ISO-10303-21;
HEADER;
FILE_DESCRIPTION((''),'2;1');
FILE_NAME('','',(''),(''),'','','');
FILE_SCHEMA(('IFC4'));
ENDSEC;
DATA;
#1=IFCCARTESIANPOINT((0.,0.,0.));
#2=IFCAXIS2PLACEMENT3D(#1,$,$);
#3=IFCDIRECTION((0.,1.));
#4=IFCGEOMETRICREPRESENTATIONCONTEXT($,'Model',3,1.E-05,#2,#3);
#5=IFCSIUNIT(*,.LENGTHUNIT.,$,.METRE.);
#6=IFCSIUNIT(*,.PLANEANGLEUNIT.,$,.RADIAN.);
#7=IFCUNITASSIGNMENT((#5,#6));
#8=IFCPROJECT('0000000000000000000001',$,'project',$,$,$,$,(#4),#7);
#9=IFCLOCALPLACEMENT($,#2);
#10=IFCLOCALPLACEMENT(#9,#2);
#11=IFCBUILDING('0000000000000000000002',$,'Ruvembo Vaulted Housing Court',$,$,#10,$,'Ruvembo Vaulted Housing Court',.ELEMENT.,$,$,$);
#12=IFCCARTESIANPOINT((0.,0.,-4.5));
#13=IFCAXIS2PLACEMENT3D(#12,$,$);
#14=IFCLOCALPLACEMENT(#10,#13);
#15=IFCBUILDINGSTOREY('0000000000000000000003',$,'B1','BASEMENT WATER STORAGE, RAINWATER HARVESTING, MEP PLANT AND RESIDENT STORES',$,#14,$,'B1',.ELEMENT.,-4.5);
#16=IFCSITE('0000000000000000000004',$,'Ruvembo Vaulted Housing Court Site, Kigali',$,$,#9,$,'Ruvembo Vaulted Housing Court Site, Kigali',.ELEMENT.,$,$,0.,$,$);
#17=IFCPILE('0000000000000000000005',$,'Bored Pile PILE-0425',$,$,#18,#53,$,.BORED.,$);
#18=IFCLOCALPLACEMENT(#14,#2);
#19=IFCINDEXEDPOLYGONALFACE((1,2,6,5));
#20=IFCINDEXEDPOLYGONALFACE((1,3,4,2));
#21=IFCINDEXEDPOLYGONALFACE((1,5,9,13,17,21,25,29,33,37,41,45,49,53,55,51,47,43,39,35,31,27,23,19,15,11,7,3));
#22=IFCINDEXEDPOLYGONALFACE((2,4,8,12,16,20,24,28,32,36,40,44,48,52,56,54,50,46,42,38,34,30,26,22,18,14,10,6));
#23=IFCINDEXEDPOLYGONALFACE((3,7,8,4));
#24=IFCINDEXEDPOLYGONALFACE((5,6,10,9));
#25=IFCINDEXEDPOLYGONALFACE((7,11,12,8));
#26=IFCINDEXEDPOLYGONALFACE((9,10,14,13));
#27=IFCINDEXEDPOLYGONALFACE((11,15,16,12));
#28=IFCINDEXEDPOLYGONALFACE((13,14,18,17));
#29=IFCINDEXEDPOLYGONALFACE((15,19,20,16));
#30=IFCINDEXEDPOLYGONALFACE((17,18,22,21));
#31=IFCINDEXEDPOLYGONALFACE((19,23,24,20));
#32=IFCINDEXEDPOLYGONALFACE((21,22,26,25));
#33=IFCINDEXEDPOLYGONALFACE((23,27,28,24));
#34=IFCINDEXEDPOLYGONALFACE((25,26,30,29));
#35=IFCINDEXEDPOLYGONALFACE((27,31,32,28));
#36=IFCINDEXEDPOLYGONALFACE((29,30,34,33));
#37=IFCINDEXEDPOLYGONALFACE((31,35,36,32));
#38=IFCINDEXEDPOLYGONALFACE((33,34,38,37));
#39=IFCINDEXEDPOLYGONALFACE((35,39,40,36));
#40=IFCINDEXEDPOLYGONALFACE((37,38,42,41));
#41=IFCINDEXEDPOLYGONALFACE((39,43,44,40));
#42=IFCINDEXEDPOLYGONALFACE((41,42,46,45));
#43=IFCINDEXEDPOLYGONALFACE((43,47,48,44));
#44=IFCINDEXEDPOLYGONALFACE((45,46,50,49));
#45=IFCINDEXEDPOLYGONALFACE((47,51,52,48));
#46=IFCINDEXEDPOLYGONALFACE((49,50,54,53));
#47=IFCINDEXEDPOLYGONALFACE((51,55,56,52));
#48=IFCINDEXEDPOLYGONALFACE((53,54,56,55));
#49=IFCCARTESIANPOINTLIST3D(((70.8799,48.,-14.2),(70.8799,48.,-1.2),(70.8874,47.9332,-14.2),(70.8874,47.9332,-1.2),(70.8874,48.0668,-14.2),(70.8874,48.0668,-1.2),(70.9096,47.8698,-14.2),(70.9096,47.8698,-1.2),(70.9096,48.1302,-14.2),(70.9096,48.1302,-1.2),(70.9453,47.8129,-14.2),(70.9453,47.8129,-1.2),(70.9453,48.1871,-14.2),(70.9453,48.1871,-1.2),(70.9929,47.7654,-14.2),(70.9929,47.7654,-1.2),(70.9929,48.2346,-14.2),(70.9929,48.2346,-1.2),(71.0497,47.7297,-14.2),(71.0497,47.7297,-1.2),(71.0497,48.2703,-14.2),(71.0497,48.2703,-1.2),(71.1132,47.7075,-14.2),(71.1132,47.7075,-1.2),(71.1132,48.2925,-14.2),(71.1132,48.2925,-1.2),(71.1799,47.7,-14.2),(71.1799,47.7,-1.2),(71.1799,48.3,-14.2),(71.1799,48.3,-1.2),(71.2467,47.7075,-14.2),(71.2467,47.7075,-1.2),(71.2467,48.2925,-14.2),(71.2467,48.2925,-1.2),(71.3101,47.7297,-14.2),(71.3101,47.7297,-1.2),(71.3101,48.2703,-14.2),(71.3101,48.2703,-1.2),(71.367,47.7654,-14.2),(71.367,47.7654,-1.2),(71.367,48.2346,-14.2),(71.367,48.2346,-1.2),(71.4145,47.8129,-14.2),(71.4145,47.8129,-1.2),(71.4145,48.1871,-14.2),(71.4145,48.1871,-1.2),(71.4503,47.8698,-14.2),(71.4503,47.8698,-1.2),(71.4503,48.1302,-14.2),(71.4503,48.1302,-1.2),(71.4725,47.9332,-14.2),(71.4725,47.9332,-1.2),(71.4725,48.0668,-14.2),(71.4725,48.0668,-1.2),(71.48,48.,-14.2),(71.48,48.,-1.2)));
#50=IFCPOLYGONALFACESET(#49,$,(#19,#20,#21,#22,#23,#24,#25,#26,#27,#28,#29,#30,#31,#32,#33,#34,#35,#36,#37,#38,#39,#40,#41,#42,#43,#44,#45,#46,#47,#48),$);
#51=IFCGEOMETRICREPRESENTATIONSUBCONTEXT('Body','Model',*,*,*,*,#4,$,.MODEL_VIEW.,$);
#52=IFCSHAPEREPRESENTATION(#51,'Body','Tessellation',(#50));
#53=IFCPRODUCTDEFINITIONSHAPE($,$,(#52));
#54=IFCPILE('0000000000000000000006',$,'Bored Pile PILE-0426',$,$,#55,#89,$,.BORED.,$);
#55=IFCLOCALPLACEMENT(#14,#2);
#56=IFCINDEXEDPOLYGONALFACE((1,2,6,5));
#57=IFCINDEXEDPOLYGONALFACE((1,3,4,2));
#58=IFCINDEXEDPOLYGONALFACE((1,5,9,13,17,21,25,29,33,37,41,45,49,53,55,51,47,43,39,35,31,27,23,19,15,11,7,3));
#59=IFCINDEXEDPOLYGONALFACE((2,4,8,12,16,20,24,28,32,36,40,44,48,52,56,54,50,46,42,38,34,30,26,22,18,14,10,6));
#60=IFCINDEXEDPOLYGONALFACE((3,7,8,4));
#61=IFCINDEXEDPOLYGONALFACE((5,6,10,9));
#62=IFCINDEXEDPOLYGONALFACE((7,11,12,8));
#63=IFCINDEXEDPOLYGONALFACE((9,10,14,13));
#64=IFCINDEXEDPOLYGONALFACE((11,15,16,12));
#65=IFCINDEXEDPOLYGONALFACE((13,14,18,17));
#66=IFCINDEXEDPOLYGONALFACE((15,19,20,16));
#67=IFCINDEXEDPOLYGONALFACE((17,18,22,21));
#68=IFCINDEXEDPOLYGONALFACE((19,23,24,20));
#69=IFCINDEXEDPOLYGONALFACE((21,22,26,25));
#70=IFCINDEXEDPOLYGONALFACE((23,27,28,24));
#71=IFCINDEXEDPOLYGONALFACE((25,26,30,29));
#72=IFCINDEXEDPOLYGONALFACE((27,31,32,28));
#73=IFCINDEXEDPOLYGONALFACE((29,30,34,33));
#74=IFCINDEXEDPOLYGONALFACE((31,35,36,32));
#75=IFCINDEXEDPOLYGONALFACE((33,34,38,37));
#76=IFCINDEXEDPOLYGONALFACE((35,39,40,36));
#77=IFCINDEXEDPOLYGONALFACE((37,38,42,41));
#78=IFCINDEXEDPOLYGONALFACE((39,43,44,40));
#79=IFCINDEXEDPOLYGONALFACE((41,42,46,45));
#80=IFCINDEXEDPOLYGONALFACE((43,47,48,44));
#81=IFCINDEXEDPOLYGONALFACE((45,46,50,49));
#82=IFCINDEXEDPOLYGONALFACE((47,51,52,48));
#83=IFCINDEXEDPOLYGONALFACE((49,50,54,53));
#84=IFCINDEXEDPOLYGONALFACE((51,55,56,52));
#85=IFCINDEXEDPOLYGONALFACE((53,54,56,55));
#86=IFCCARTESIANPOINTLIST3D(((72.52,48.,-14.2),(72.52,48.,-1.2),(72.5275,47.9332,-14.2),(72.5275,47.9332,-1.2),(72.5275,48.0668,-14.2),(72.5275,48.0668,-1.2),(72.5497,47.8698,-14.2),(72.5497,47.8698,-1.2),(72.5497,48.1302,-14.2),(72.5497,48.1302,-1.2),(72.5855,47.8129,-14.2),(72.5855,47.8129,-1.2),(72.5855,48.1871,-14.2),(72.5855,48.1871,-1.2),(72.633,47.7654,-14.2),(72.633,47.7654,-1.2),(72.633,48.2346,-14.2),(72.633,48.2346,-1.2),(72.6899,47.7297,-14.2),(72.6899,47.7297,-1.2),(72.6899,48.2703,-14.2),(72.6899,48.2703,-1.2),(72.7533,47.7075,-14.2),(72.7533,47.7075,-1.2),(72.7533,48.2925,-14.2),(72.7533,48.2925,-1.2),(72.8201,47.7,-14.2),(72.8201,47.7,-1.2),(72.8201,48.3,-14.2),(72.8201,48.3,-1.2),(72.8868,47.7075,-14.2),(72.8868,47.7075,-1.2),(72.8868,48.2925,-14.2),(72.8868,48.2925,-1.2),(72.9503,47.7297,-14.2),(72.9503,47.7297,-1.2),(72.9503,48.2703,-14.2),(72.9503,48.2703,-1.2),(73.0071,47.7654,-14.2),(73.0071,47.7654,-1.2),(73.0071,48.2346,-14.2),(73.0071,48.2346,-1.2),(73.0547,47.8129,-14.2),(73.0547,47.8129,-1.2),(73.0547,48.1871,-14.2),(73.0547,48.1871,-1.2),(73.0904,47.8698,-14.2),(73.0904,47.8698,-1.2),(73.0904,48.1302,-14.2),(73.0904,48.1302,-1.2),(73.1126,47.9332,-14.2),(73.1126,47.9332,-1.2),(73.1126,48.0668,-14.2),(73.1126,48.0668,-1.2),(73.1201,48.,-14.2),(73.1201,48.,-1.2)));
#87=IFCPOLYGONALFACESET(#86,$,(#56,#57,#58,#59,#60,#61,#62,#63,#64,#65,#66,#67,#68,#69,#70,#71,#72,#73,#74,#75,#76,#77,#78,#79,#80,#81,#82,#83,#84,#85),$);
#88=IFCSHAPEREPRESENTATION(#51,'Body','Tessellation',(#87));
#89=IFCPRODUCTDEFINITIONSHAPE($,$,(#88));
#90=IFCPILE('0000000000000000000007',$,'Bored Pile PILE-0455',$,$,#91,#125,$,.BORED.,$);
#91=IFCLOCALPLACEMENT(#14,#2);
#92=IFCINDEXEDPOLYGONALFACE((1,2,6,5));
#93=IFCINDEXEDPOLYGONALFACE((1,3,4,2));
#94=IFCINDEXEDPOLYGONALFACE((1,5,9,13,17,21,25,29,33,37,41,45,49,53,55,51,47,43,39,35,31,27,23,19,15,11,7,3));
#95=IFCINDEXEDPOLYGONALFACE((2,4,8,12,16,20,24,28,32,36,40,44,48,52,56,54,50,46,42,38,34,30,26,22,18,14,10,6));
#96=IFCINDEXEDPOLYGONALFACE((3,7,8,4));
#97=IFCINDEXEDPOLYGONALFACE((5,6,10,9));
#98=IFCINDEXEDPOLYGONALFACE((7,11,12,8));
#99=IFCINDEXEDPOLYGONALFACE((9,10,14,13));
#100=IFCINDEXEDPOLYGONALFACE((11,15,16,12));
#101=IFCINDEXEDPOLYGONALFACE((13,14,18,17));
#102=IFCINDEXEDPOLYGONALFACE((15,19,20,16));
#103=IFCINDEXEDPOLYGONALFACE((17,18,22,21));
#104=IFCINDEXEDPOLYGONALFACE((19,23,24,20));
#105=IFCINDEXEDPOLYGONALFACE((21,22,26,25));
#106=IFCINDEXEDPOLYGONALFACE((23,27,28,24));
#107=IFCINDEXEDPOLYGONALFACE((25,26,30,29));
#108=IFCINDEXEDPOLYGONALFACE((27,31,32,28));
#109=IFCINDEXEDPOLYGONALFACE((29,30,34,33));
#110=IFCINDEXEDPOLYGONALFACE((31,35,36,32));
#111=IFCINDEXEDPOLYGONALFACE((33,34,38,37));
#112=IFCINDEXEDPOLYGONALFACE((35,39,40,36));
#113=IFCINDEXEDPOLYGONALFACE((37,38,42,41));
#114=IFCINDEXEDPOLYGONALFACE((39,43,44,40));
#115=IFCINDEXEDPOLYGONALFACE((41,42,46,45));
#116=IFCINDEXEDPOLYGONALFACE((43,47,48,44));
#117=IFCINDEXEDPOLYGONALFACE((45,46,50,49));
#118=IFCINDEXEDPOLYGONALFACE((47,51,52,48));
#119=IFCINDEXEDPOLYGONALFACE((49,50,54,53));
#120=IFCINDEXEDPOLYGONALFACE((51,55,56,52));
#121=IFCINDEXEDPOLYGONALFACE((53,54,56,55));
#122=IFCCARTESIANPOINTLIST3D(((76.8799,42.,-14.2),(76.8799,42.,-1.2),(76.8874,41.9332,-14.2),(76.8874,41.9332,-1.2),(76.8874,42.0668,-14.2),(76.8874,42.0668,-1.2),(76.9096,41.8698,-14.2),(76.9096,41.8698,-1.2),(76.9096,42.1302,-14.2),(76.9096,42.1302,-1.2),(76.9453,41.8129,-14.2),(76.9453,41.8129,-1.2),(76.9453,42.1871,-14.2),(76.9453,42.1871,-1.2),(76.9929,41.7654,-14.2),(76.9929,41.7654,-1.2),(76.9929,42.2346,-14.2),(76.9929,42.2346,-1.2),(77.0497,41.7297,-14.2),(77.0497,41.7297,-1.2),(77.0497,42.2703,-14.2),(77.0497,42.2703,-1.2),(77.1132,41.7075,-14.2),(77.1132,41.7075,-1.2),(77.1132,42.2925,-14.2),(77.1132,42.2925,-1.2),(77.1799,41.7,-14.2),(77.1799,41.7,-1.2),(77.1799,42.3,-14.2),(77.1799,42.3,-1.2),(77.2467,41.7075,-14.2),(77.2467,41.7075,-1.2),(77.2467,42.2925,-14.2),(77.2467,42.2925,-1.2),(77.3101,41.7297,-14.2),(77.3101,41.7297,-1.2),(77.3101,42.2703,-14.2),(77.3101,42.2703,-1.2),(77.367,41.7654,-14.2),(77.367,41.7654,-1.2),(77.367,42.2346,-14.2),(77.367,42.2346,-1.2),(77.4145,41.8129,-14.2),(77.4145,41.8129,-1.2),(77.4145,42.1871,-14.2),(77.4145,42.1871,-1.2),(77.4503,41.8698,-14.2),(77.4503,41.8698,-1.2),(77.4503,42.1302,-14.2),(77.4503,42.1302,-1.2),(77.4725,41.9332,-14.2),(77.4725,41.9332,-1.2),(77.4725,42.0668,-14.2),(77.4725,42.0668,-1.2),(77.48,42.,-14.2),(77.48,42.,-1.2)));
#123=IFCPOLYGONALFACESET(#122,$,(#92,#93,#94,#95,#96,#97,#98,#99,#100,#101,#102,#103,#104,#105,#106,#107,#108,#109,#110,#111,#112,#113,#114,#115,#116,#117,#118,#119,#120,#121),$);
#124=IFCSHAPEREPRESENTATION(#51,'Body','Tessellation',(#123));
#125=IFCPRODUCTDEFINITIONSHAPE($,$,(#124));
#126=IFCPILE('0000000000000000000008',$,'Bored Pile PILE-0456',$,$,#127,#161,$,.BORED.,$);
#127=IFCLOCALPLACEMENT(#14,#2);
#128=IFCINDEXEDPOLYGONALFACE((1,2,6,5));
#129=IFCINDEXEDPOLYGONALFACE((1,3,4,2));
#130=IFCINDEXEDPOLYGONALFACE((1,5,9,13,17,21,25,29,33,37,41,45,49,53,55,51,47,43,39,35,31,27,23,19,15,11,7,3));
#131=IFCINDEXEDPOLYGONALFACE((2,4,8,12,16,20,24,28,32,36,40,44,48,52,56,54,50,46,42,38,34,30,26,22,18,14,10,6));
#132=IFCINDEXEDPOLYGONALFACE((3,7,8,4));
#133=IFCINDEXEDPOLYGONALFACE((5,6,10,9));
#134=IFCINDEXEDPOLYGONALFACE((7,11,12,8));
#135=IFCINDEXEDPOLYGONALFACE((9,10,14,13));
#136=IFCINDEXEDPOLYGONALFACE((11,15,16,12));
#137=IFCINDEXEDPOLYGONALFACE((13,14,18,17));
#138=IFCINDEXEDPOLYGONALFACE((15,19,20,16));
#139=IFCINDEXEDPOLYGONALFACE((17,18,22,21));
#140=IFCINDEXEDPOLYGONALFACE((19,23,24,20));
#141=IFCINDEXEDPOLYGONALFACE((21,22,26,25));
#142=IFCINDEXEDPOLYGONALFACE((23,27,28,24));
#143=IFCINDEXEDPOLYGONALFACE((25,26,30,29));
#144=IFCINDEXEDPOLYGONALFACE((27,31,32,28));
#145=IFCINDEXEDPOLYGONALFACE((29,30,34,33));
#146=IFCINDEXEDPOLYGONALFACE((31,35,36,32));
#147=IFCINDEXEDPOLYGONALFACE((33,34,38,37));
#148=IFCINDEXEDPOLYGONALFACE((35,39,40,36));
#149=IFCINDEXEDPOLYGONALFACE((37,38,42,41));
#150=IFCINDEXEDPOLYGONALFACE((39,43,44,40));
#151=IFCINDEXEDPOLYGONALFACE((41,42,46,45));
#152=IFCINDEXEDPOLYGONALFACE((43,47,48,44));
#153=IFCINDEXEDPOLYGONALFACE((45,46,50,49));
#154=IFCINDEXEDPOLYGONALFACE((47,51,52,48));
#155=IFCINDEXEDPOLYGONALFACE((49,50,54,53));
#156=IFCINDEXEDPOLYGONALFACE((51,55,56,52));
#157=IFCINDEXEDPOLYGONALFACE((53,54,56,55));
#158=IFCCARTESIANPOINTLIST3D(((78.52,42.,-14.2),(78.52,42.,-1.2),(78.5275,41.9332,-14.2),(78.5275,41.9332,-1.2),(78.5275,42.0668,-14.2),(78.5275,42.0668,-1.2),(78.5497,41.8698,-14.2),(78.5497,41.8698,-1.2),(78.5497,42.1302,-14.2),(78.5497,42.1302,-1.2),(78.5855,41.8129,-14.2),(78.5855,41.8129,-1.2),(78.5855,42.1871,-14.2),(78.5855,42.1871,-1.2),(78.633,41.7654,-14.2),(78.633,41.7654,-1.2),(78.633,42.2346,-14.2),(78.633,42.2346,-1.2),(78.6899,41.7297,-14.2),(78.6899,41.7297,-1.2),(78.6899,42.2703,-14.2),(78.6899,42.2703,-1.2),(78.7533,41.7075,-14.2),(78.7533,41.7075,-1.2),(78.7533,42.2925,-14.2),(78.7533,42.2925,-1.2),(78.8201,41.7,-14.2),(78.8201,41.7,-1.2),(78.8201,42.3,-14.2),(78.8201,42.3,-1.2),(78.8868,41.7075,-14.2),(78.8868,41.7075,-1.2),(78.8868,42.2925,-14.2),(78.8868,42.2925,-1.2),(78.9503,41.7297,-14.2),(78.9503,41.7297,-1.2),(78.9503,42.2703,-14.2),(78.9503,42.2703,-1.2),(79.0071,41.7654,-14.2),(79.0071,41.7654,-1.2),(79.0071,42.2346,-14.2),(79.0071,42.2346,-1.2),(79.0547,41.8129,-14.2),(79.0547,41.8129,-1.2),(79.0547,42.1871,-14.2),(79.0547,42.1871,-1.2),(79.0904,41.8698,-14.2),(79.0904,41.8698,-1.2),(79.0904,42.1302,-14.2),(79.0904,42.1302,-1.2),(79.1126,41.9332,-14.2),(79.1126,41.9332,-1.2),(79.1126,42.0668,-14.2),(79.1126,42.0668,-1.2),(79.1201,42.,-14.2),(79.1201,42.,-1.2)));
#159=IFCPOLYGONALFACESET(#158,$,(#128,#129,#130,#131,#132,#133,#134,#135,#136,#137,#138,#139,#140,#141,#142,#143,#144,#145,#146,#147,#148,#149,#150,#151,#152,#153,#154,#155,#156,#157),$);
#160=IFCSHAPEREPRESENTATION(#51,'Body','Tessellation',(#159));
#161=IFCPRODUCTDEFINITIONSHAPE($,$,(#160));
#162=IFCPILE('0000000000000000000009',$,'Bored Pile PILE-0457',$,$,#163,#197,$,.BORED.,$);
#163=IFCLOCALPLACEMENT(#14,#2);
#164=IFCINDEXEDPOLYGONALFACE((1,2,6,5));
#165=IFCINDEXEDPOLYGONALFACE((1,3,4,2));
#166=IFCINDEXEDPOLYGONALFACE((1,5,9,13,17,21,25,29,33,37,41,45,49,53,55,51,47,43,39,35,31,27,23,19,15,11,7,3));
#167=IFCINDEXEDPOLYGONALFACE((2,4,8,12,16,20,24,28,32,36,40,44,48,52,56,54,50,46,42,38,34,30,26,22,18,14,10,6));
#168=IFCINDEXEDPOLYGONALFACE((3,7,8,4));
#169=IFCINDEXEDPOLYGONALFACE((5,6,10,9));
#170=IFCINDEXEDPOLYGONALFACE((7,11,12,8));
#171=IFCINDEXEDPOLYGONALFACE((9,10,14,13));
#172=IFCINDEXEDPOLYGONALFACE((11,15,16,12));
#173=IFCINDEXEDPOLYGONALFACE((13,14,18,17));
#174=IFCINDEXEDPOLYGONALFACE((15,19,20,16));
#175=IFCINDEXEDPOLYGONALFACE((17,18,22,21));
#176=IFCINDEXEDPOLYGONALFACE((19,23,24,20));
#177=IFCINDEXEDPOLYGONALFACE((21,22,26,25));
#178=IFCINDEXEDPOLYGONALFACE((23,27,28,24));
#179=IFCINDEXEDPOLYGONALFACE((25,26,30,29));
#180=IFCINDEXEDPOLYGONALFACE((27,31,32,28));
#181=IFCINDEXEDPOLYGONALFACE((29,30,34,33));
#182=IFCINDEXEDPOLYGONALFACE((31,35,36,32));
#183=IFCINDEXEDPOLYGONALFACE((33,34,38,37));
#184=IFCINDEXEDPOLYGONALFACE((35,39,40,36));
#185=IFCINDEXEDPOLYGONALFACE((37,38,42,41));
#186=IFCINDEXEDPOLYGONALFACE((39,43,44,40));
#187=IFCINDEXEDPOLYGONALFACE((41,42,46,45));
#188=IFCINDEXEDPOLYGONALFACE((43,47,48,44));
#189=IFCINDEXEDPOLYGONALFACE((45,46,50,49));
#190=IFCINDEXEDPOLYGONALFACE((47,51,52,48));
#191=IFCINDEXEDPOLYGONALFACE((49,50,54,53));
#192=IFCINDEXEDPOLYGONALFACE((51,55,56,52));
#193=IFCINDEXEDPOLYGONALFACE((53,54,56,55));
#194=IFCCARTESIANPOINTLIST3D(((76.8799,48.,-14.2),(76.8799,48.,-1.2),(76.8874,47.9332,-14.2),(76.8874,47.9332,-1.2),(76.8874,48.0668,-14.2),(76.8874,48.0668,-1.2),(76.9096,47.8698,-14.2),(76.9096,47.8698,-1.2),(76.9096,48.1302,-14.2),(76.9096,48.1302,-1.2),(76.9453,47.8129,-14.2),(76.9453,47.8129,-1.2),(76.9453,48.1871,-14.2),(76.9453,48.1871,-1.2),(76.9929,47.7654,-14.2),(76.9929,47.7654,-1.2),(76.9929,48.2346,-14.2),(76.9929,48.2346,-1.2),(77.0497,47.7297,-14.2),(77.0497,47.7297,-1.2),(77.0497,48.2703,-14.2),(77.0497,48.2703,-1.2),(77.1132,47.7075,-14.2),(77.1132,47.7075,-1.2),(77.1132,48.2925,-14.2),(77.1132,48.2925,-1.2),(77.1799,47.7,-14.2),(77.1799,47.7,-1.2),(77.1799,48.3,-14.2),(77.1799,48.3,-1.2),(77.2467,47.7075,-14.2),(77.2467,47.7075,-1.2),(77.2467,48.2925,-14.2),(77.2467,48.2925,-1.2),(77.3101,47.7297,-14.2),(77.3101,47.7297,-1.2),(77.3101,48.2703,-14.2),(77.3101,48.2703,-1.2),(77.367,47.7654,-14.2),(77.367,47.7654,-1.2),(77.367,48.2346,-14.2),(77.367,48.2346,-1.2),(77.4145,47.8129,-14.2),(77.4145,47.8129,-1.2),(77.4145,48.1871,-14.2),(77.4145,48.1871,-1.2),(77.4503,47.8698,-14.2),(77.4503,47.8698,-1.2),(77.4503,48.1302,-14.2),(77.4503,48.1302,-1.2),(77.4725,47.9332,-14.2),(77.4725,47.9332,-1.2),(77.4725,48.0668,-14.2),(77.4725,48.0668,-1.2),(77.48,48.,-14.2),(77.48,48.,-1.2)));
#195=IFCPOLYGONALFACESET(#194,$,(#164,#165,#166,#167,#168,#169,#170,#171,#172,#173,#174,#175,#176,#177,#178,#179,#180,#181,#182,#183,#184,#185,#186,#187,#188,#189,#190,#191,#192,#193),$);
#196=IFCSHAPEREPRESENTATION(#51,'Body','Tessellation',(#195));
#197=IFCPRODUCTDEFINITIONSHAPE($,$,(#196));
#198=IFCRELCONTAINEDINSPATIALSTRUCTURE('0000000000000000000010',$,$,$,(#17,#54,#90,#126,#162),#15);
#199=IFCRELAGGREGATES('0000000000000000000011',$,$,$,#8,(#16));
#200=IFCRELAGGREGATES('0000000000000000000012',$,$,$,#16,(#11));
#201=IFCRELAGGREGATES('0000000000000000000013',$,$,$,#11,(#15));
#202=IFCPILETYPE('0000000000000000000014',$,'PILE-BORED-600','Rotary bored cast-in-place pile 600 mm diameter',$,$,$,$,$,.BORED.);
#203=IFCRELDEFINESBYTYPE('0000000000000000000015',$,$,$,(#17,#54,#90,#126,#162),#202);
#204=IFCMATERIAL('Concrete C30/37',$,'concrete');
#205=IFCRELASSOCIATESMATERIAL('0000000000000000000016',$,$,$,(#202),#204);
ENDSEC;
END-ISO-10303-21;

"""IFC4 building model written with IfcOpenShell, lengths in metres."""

from ifc_helpers import new_model, si_unit, direction, frame, origin, origin_2d, place, context, subcontext, project, spatial, circle, extrude, material, material_profile, profile_set, type_object, element, save


model = new_model("IFC4")

# Units and contexts
model_context = context("Model", 3, precision=1e-05, world=origin(), true_north=direction((0.0, 1.0)))
body_context = subcontext(model_context, "Body", "Model", "MODEL_VIEW")
ifc_project = project(units=[si_unit("LENGTHUNIT", "METRE"), si_unit("PLANEANGLEUNIT", "RADIAN")], contexts=[model_context])

# Site, building, storey
site_placement = place(None, origin())
site = spatial("IfcSite", under=ifc_project, at=site_placement, Name="Ruvembo Vaulted Housing Court Site, Kigali", LongName="Ruvembo Vaulted Housing Court Site, Kigali", CompositionType="ELEMENT", RefElevation=0.0)
building_placement = place(site_placement, origin())
building = spatial("IfcBuilding", under=site, at=building_placement, Name="Ruvembo Vaulted Housing Court", LongName="Ruvembo Vaulted Housing Court", CompositionType="ELEMENT")
storey_placement = place(building_placement, frame((0.0, 0.0, -4.5)))
storey = spatial("IfcBuildingStorey", under=building, at=storey_placement, Name="B1", Description="BASEMENT WATER STORAGE, RAINWATER HARVESTING, MEP PLANT AND RESIDENT STORES", LongName="B1", CompositionType="ELEMENT", Elevation=-4.5)

# Piles
ifc_material_1 = material(Name="Concrete C30/37", Category="concrete")
ifc_material_profile_1 = material_profile(ifc_material_1, circle(Radius=0.3, at=origin_2d()), Name="PILE D600")
ifc_profile_set_1 = profile_set([ifc_material_profile_1], Name="Concrete C30/37")
pile_type = type_object("IfcPileType", Name="PILE-BORED-600", Description="Rotary bored cast-in-place pile 600 mm diameter", PredefinedType="BORED", material=ifc_profile_set_1)
for number, where, z_axis, x_axis, name in (
    (1, (71.1799, 48.0, -1.2), (0.0, 0.0, -1.0), (1.0, 0.0, 0.0), "Bored Pile PILE-0425"),
    (2, (72.8201, 48.0, -1.2), (0.0, 0.0, -1.0), (1.0, 0.0, 0.0), "Bored Pile PILE-0426"),
    (3, (77.1799, 42.0, -1.2), (0.0, 0.0, -1.0), (1.0, 0.0, 0.0), "Bored Pile PILE-0455"),
    (4, (78.8201, 42.0, -1.2), (0.0, 0.0, -1.0), (1.0, 0.0, 0.0), "Bored Pile PILE-0456"),
    (5, (77.1799, 48.0, -1.2), (0.0, 0.0, -1.0), (1.0, 0.0, 0.0), "Bored Pile PILE-0457"),
):
    element("IfcPile", number, at=place(storey_placement, frame(where, z_axis=z_axis, x_axis=x_axis)), inside=storey, type_object=pile_type, Name=name, PredefinedType="BORED", context=body_context, shape_type="SweptSolid", body=[
        extrude(circle(Radius=0.3, at=origin_2d()), origin(), (0.0, 0.0, 1.0), 13.0),
    ])

save(model, "model.ifc")
